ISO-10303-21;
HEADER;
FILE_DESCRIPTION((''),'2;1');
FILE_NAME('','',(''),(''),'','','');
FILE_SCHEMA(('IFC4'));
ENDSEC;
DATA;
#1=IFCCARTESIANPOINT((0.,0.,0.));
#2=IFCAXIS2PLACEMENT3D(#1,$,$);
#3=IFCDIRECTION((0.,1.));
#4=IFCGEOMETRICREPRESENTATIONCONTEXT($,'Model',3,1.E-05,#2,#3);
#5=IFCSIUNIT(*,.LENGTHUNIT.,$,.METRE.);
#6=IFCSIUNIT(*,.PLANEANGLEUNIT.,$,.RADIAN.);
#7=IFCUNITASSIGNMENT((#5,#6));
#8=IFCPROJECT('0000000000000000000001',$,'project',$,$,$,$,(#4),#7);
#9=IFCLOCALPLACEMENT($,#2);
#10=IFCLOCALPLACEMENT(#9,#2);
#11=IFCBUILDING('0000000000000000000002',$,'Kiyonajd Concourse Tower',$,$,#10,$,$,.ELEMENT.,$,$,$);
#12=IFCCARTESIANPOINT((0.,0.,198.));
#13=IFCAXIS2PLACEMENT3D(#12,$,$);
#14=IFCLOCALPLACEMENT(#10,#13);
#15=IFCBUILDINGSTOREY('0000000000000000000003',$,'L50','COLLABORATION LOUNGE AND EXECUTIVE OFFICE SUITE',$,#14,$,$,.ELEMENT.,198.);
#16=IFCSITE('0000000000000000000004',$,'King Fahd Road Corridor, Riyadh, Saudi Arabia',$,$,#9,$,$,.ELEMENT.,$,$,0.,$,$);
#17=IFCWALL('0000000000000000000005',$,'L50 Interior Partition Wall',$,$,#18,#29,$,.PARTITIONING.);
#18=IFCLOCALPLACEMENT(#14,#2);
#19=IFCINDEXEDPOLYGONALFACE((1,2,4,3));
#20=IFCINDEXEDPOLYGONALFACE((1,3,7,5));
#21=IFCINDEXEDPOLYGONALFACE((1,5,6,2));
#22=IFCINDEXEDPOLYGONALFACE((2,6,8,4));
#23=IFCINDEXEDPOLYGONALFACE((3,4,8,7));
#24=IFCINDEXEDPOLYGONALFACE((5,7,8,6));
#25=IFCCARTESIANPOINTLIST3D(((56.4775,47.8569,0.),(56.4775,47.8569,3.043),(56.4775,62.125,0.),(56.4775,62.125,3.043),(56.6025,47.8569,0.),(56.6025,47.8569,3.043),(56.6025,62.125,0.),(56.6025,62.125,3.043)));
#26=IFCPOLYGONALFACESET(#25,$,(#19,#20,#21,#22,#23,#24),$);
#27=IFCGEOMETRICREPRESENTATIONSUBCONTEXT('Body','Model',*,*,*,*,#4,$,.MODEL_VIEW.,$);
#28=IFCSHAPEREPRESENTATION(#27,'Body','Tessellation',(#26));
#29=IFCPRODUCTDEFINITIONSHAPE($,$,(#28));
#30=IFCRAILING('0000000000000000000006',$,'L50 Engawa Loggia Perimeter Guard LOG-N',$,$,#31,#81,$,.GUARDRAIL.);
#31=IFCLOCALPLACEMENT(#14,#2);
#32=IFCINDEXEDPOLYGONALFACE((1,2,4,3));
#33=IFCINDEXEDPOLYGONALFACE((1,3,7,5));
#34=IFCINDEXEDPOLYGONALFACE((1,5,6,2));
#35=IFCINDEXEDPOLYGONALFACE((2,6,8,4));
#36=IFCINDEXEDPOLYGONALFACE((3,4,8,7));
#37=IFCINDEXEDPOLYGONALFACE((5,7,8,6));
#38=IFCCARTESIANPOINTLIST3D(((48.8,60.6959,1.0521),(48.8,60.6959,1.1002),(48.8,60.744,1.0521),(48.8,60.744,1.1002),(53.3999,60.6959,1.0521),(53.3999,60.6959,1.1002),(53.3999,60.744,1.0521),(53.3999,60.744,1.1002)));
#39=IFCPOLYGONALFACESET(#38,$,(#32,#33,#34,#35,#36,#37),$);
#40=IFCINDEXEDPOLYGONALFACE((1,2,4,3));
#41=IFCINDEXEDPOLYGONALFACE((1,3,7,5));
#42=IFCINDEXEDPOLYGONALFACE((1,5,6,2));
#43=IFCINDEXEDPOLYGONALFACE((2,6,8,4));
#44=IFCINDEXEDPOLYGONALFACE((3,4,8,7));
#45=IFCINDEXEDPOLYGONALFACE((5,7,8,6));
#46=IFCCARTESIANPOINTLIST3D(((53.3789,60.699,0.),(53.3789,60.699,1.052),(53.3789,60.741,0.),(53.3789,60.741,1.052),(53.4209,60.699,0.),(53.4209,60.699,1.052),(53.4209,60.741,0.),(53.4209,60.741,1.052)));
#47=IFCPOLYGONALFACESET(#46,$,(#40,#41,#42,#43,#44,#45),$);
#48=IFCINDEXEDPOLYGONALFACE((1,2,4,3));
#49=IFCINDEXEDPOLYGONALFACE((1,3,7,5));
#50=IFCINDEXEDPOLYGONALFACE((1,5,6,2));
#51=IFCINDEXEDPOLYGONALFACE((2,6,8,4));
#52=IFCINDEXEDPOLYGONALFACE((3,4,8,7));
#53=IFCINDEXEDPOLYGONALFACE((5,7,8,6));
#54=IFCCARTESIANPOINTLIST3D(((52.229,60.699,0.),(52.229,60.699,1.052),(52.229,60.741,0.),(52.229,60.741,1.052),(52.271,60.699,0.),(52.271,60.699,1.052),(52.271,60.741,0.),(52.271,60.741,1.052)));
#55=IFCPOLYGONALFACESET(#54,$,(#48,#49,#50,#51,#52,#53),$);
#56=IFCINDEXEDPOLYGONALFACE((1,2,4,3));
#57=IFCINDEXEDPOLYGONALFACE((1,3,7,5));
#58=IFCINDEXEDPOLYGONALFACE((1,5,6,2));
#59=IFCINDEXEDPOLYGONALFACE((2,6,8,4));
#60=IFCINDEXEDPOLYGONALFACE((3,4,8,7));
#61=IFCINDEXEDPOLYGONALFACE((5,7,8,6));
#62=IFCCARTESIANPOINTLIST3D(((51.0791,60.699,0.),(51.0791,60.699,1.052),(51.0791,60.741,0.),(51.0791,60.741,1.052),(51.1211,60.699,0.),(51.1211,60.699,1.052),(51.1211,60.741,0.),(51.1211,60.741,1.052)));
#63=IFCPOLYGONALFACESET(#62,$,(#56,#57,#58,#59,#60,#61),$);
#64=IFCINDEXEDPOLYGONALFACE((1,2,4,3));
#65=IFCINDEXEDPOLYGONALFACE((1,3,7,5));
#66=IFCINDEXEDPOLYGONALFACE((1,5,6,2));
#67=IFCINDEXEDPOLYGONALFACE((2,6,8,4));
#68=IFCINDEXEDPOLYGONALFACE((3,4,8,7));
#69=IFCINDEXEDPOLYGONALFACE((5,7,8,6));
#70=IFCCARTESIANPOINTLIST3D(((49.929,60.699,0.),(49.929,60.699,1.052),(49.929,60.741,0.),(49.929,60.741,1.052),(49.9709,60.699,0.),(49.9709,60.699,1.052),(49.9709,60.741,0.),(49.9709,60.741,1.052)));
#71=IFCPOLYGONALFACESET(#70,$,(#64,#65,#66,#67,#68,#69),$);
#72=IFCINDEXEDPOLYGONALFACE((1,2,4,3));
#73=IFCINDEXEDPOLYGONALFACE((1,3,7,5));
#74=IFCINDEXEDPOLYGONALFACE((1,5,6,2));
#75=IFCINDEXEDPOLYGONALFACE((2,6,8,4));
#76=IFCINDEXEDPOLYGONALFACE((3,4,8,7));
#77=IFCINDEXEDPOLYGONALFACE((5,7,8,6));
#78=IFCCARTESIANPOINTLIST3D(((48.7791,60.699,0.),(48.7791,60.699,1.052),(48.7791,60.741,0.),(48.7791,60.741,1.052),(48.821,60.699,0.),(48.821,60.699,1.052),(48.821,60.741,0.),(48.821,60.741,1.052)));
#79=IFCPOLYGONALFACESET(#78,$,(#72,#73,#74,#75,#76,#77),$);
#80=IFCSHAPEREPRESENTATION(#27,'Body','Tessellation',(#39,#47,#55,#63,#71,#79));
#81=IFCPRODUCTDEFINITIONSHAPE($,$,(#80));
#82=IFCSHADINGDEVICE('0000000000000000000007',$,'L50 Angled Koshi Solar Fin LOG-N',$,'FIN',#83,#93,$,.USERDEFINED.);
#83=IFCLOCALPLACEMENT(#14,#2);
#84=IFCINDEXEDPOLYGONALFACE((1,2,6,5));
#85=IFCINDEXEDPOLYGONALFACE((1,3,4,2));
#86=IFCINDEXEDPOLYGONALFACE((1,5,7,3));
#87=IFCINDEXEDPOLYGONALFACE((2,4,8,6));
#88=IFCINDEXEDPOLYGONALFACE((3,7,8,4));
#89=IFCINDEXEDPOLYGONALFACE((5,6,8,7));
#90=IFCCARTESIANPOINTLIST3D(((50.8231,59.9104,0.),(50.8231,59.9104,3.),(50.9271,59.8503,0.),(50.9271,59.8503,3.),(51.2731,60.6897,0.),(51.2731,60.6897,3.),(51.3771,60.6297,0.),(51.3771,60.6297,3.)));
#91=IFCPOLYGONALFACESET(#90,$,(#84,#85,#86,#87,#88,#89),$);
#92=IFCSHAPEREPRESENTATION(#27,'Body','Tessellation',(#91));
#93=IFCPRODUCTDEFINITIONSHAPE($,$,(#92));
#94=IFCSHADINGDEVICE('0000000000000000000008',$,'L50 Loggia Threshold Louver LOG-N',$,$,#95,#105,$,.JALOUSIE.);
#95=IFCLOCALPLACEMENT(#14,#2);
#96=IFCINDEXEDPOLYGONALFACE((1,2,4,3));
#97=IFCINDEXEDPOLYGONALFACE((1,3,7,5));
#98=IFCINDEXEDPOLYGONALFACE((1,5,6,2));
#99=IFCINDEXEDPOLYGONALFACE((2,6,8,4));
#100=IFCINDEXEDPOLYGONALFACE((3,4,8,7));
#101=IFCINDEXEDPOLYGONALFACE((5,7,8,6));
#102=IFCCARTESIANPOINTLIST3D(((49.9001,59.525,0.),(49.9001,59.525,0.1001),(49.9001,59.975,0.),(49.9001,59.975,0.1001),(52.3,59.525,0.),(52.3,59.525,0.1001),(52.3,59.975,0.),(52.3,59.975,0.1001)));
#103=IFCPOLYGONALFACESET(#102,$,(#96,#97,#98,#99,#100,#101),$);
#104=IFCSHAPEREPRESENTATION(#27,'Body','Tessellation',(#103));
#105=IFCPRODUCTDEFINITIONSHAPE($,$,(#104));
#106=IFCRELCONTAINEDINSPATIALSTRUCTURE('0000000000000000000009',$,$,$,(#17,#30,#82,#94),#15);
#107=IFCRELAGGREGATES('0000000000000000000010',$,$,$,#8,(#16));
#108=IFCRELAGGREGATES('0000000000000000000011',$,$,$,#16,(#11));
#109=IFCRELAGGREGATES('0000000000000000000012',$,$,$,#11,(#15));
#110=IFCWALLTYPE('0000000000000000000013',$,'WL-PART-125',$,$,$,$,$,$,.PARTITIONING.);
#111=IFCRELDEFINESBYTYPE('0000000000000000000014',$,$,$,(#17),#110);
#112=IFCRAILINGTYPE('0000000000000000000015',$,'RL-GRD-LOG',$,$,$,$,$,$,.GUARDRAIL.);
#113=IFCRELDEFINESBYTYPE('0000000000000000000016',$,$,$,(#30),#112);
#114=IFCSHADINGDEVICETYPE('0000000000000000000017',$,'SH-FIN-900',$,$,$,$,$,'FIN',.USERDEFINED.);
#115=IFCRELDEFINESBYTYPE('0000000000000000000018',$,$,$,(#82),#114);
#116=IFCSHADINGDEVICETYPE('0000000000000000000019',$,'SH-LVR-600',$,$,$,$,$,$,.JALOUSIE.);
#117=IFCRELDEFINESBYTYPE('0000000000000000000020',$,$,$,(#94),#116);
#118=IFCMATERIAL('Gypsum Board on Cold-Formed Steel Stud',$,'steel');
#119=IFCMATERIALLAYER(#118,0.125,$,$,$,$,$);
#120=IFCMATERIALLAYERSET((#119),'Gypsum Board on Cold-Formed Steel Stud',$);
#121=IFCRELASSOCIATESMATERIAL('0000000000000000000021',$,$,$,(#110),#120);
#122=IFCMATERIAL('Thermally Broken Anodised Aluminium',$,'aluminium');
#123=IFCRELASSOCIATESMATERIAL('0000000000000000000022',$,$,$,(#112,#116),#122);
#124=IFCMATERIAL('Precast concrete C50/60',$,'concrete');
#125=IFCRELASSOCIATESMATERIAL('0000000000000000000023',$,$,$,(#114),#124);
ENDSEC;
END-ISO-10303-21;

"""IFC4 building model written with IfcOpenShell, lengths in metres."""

from ifc_helpers import new_model, si_unit, direction, frame, frame_2d, origin, origin_2d, place, context, subcontext, project, spatial, rectangle, extrude, material, layer, layer_set, type_object, element, save


model = new_model("IFC4")

# Units and contexts
model_context = context("Model", 3, precision=1e-05, world=origin(), true_north=direction((0.0, 1.0)))
body_context = subcontext(model_context, "Body", "Model", "MODEL_VIEW")
ifc_project = project(units=[si_unit("LENGTHUNIT", "METRE"), si_unit("PLANEANGLEUNIT", "RADIAN")], contexts=[model_context])

# Site, building, storey
site_placement = place(None, origin())
site = spatial("IfcSite", under=ifc_project, at=site_placement, Name="King Fahd Road Corridor, Riyadh, Saudi Arabia", CompositionType="ELEMENT", RefElevation=0.0)
building_placement = place(site_placement, origin())
building = spatial("IfcBuilding", under=site, at=building_placement, Name="Kiyonajd Concourse Tower", CompositionType="ELEMENT")
storey_placement = place(building_placement, frame((0.0, 0.0, 198.0)))
storey = spatial("IfcBuildingStorey", under=building, at=storey_placement, Name="L50", Description="COLLABORATION LOUNGE AND EXECUTIVE OFFICE SUITE", CompositionType="ELEMENT", Elevation=198.0)

# Shared definitions
ifc_material_1 = material(Name="Thermally Broken Anodised Aluminium", Category="aluminium")

# Shared definitions
ifc_material_2 = material(Name="Precast concrete C50/60", Category="concrete")

# Wall
ifc_material_3 = material(Name="Gypsum Board on Cold-Formed Steel Stud", Category="steel")
ifc_layer_1 = layer(ifc_material_3, 0.125)
ifc_layer_set_1 = layer_set([ifc_layer_1], Name="Gypsum Board on Cold-Formed Steel Stud")
wall_type_1 = type_object("IfcWallType", Name="WL-PART-125", PredefinedType="PARTITIONING", material=ifc_layer_set_1)
wall_1_placement = place(storey_placement, frame((56.54, 47.8569, 0.0), z_axis=(0.0, 0.0, 1.0), x_axis=(0.0, 1.0, 0.0)))
element("IfcWall", 1, at=wall_1_placement, inside=storey, type_object=wall_type_1, Name="L50 Interior Partition Wall", PredefinedType="PARTITIONING", context=body_context, shape_type="SweptSolid", body=[
    extrude(rectangle(XDim=14.2681, YDim=0.125, at=frame_2d((7.134, 0.0))), origin(), (0.0, 0.0, 1.0), 3.043),
])

# Railing
railing_type = type_object("IfcRailingType", Name="RL-GRD-LOG", PredefinedType="GUARDRAIL", material=ifc_material_1)
railing_placement = place(storey_placement, frame((53.3999, 60.72, 0.0)))
element("IfcRailing", 2, at=railing_placement, inside=storey, type_object=railing_type, Name="L50 Engawa Loggia Perimeter Guard LOG-N", PredefinedType="GUARDRAIL", context=body_context, shape_type="SweptSolid", body=[
    extrude(rectangle(XDim=0.0481, YDim=0.0481, at=origin_2d()), frame((0.0, 0.0, 1.0762), z_axis=(-1.0, 0.0, 0.0), x_axis=(0.0, -1.0, 0.0)), (0.0, 0.0, 1.0), 4.5999),
    extrude(rectangle(XDim=0.042, YDim=0.042, at=origin_2d()), origin(), (0.0, 0.0, 1.0), 1.052),
    extrude(rectangle(XDim=0.042, YDim=0.042, at=origin_2d()), frame((-1.1499, 0.0, 0.0)), (0.0, 0.0, 1.0), 1.052),
    extrude(rectangle(XDim=0.042, YDim=0.042, at=origin_2d()), frame((-2.2998, 0.0, 0.0)), (0.0, 0.0, 1.0), 1.052),
    extrude(rectangle(XDim=0.042, YDim=0.042, at=origin_2d()), frame((-3.45, 0.0, 0.0)), (0.0, 0.0, 1.0), 1.052),
    extrude(rectangle(XDim=0.042, YDim=0.042, at=origin_2d()), frame((-4.5999, 0.0, 0.0)), (0.0, 0.0, 1.0), 1.052),
])

# Shading devices
shading_device_type_1 = type_object("IfcShadingDeviceType", Name="SH-FIN-900", ElementType="FIN", PredefinedType="USERDEFINED", material=ifc_material_2)
shading_device_1_placement = place(storey_placement, frame((51.1001, 60.27, 0.0), z_axis=(0.0, 0.0, 1.0), x_axis=(0.5, 0.866025, 0.0)))
element("IfcShadingDevice", 3, at=shading_device_1_placement, inside=storey, type_object=shading_device_type_1, Name="L50 Angled Koshi Solar Fin LOG-N", ObjectType="FIN", PredefinedType="USERDEFINED", context=body_context, shape_type="SweptSolid", body=[
    extrude(rectangle(XDim=0.8999, YDim=0.1201, at=origin_2d()), origin(), (0.0, 0.0, 1.0), 3.0),
])
shading_device_type_2 = type_object("IfcShadingDeviceType", Name="SH-LVR-600", PredefinedType="JALOUSIE", material=ifc_material_1)
shading_device_2_placement = place(storey_placement, frame((51.1001, 59.75, 0.0), z_axis=(0.0, 0.0, 1.0), x_axis=(1.0, 0.0, 0.0)))
element("IfcShadingDevice", 4, at=shading_device_2_placement, inside=storey, type_object=shading_device_type_2, Name="L50 Loggia Threshold Louver LOG-N", PredefinedType="JALOUSIE", context=body_context, shape_type="SweptSolid", body=[
    extrude(rectangle(XDim=2.3999, YDim=0.45, at=origin_2d()), origin(), (0.0, 0.0, 1.0), 0.1001),
])

save(model, "model.ifc")
